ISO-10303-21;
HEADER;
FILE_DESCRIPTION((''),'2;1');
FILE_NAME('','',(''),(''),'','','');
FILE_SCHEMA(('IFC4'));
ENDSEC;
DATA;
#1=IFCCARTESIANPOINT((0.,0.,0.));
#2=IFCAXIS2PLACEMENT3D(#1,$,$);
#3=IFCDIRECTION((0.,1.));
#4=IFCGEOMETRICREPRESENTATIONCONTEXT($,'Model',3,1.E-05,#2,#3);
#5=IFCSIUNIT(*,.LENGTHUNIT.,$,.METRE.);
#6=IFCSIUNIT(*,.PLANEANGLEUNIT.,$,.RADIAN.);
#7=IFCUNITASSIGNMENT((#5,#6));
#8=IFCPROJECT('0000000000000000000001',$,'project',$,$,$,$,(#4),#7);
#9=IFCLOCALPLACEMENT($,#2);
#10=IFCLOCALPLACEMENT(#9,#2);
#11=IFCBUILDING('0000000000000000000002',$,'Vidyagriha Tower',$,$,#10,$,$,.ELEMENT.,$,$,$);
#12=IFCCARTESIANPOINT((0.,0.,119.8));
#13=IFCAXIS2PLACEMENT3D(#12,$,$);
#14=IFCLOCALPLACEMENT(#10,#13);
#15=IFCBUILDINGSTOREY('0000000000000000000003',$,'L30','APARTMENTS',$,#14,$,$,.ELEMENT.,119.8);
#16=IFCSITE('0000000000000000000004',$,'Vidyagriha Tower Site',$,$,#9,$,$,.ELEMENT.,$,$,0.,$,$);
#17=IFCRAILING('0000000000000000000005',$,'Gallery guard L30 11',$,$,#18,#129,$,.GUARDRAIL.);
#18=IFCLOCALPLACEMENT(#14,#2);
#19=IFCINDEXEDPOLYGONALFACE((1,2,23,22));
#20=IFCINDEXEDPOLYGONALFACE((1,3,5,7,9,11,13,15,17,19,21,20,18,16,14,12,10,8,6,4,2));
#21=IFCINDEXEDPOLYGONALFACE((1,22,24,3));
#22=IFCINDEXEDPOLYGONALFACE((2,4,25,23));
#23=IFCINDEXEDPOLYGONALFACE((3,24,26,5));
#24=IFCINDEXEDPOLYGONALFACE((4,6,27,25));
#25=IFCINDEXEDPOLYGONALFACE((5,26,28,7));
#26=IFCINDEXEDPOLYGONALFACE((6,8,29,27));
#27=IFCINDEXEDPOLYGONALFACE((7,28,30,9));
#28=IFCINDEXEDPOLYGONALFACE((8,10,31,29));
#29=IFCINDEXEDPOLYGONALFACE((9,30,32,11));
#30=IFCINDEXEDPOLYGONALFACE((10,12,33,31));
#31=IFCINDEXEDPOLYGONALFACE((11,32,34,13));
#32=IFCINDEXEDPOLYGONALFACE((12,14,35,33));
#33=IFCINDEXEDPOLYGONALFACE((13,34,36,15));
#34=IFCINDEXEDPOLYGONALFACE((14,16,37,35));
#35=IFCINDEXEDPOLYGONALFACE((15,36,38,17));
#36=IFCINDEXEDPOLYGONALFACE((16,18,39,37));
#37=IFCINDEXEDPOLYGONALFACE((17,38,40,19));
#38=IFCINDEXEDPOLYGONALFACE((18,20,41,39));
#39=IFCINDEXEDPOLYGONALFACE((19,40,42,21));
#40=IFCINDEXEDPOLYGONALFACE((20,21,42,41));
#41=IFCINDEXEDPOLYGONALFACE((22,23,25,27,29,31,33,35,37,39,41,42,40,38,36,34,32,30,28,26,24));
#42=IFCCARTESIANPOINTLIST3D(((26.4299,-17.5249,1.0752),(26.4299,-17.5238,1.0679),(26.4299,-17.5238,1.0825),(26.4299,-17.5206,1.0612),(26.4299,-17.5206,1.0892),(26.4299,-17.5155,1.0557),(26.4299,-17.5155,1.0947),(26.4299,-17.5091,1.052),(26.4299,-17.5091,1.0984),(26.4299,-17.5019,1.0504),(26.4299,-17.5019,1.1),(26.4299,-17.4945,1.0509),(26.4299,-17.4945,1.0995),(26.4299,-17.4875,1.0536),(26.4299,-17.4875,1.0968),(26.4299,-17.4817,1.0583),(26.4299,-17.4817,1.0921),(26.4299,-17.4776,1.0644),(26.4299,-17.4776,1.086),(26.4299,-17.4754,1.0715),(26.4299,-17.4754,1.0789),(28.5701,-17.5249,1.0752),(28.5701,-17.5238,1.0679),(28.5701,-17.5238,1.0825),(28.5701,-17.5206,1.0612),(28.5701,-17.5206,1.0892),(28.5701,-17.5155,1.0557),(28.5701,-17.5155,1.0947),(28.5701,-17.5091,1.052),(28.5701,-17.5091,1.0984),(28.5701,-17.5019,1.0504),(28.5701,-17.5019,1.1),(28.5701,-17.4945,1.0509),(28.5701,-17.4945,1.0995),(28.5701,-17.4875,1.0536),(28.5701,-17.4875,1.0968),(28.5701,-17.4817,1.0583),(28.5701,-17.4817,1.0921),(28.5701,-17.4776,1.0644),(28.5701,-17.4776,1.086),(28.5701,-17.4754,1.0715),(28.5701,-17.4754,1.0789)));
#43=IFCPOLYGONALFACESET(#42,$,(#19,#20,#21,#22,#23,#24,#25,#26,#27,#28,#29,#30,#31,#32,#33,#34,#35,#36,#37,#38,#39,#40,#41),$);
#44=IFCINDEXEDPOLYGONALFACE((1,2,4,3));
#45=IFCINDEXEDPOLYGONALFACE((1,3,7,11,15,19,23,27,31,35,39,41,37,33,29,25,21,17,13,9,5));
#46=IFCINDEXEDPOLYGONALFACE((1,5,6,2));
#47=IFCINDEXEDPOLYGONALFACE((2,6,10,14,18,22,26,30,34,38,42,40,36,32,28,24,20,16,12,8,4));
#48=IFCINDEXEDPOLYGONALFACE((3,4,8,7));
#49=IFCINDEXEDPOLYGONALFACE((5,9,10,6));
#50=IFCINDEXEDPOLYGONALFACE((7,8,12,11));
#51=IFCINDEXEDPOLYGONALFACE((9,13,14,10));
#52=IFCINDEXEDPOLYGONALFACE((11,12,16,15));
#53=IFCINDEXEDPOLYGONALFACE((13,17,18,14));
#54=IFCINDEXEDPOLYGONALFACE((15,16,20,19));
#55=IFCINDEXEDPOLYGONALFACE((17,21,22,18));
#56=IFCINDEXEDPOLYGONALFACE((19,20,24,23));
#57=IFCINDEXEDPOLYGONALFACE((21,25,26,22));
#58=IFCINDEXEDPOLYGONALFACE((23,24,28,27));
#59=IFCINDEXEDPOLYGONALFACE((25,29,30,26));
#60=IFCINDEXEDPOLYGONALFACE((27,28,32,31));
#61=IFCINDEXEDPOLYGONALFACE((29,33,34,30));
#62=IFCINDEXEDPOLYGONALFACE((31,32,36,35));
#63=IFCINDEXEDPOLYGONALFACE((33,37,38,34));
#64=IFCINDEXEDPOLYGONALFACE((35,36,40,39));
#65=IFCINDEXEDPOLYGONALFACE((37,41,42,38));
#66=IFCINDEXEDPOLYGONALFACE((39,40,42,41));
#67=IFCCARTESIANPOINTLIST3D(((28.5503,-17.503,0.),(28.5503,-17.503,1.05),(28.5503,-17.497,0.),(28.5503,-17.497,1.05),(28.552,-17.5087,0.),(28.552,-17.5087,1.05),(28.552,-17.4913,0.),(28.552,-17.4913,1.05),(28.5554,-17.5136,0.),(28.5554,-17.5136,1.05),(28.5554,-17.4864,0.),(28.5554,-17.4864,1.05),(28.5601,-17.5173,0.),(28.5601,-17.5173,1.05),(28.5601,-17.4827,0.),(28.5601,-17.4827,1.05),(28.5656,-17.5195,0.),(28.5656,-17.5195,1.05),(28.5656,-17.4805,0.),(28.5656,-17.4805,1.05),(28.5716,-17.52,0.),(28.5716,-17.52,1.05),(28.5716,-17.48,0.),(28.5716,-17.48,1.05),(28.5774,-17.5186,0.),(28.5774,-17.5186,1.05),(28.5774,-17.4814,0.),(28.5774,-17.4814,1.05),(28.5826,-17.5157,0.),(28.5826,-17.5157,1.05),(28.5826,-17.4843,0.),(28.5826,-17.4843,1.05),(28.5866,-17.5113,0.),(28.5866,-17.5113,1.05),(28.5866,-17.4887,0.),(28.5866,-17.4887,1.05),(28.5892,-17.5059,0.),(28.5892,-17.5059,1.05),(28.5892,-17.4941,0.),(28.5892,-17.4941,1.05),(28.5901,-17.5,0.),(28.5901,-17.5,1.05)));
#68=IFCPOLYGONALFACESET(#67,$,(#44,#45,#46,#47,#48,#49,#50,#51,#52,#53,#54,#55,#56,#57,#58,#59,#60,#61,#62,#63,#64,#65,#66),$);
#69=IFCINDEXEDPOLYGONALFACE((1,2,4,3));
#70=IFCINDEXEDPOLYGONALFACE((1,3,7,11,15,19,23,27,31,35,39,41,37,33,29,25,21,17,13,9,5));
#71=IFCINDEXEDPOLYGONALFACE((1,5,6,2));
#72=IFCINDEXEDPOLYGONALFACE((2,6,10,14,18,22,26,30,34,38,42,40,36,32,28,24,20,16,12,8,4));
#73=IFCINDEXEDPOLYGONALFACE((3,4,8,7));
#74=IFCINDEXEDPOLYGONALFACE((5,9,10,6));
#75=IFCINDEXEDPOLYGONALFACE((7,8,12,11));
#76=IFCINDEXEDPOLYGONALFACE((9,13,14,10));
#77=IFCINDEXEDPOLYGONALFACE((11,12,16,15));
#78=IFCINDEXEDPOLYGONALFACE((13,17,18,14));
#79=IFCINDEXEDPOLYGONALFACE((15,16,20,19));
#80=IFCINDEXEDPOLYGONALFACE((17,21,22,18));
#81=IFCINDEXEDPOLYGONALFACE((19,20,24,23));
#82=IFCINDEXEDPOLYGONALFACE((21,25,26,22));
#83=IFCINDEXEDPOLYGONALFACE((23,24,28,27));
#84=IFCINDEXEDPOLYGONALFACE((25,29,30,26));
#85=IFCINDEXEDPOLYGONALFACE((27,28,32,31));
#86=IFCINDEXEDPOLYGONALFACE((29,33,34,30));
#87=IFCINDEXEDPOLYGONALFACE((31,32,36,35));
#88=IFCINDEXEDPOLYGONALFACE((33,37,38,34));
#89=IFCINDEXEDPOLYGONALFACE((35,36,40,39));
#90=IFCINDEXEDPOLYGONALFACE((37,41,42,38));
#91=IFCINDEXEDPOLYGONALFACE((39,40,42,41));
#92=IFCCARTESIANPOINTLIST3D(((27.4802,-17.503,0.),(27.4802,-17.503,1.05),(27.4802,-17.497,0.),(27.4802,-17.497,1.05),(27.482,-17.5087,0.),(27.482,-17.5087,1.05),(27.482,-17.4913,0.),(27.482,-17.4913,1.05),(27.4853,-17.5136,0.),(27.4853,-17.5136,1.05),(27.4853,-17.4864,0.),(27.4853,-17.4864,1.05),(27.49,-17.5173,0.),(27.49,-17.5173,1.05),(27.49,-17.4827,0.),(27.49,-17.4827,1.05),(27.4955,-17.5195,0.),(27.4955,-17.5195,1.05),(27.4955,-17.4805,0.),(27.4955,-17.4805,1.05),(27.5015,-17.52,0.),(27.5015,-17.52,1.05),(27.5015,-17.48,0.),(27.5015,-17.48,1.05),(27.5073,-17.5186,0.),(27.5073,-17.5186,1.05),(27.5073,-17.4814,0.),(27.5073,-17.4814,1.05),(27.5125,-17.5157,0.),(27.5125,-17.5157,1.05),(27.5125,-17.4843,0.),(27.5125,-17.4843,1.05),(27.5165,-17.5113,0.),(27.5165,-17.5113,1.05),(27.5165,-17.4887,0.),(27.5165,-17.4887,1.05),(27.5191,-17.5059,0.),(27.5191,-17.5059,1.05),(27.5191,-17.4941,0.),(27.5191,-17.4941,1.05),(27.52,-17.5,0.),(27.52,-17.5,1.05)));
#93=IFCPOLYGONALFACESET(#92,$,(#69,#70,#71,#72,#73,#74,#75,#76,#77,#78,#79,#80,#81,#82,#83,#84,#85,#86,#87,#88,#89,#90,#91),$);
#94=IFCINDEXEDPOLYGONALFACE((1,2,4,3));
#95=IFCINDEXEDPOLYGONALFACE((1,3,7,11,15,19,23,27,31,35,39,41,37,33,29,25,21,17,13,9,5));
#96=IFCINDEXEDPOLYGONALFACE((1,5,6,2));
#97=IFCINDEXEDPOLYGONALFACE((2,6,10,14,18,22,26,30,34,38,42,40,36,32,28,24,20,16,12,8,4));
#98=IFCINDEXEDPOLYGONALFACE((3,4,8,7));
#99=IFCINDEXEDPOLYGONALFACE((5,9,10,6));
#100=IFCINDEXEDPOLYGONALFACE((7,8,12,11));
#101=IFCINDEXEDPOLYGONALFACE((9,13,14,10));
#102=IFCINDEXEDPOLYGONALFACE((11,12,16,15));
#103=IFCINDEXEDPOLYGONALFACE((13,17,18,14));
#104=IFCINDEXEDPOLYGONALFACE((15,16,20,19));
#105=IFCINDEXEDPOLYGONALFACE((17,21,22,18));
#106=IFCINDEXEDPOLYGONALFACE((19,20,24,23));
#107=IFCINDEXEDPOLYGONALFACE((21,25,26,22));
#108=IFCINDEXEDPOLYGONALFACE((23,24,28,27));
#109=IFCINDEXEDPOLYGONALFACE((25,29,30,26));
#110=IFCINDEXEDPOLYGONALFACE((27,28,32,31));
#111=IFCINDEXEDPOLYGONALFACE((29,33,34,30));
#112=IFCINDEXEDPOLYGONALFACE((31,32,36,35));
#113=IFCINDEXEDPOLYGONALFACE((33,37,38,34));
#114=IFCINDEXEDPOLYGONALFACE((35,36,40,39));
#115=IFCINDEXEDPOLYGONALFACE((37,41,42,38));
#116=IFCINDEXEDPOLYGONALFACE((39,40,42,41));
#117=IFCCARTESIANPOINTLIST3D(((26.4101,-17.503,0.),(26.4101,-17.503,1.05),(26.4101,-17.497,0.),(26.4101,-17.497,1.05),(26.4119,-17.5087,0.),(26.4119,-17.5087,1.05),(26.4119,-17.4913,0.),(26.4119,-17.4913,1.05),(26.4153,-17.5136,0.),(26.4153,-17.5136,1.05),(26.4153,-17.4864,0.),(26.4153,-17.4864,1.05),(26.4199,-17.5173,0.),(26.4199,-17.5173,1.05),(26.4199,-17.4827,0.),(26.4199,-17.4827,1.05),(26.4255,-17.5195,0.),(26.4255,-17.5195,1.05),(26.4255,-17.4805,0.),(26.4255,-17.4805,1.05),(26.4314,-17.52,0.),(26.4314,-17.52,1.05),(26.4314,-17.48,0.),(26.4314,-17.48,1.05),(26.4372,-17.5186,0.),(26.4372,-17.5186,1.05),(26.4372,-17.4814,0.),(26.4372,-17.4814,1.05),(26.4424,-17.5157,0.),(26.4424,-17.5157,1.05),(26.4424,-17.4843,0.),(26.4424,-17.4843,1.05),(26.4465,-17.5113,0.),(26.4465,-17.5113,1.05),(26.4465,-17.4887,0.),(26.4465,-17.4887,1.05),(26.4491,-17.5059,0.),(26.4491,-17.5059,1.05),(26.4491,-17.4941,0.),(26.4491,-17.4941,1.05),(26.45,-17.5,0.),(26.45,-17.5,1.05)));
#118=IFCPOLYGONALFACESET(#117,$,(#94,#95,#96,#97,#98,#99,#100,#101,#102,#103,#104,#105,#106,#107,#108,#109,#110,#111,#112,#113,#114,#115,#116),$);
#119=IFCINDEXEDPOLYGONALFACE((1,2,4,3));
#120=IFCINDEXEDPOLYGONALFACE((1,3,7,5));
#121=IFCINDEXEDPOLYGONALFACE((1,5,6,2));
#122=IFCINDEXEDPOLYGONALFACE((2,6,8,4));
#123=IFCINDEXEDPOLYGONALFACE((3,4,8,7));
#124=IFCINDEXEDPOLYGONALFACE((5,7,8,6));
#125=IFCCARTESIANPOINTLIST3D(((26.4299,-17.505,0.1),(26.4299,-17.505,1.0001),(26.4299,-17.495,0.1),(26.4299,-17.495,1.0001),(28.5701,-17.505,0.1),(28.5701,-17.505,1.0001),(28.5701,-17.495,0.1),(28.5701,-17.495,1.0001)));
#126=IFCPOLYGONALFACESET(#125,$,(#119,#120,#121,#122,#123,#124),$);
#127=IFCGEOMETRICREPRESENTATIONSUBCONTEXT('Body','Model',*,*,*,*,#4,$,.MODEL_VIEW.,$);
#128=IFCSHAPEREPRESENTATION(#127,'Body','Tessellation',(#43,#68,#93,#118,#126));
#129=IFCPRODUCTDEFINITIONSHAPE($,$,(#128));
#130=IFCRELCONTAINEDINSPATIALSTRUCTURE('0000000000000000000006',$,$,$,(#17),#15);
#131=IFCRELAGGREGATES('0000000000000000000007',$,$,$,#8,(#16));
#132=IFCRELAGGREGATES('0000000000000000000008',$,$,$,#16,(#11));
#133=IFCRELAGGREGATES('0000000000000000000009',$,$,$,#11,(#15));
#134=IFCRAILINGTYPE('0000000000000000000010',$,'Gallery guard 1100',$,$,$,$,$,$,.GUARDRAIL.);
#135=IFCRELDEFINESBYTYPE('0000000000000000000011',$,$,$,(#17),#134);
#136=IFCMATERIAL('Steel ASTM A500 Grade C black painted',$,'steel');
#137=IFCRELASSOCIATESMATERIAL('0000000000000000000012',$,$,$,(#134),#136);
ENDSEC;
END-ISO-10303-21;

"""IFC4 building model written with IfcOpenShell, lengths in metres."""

from ifc_helpers import new_model, si_unit, direction, frame, origin, origin_2d, place, context, subcontext, project, spatial, rectangle, circle, extrude, material, type_object, element, save


model = new_model("IFC4")

# Units and contexts
model_context = context("Model", 3, precision=1e-05, world=origin(), true_north=direction((0.0, 1.0)))
body_context = subcontext(model_context, "Body", "Model", "MODEL_VIEW")
ifc_project = project(units=[si_unit("LENGTHUNIT", "METRE"), si_unit("PLANEANGLEUNIT", "RADIAN")], contexts=[model_context])

# Site, building, storey
site_placement = place(None, origin())
site = spatial("IfcSite", under=ifc_project, at=site_placement, Name="Vidyagriha Tower Site", CompositionType="ELEMENT", RefElevation=0.0)
building_placement = place(site_placement, origin())
building = spatial("IfcBuilding", under=site, at=building_placement, Name="Vidyagriha Tower", CompositionType="ELEMENT")
storey_placement = place(building_placement, frame((0.0, 0.0, 119.8)))
storey = spatial("IfcBuildingStorey", under=building, at=storey_placement, Name="L30", Description="APARTMENTS", CompositionType="ELEMENT", Elevation=119.8)

# Railing
ifc_material_1 = material(Name="Steel ASTM A500 Grade C black painted", Category="steel")
railing_type_1 = type_object("IfcRailingType", Name="Gallery guard 1100", PredefinedType="GUARDRAIL", material=ifc_material_1)
railing_1_placement = place(storey_placement, frame((28.5701, -17.5, 0.0)))
element("IfcRailing", 1, at=railing_1_placement, inside=storey, type_object=railing_type_1, Name="Gallery guard L30 11", PredefinedType="GUARDRAIL", context=body_context, shape_type="SweptSolid", body=[
    extrude(circle(Radius=0.0249, at=origin_2d()), frame((0.0, 0.0, 1.0752), z_axis=(-1.0, 0.0, 0.0), x_axis=(0.0, -1.0, 0.0)), (0.0, 0.0, 1.0), 2.1401),
    extrude(circle(Radius=0.02, at=origin_2d()), origin(), (0.0, 0.0, 1.0), 1.05),
    extrude(circle(Radius=0.02, at=origin_2d()), frame((-1.0701, 0.0, 0.0)), (0.0, 0.0, 1.0), 1.05),
    extrude(circle(Radius=0.02, at=origin_2d()), frame((-2.1401, 0.0, 0.0)), (0.0, 0.0, 1.0), 1.05),
    extrude(rectangle(XDim=0.01, YDim=0.9001, at=origin_2d()), frame((0.0, 0.0, 0.55), z_axis=(-1.0, 0.0, 0.0), x_axis=(0.0, -1.0, 0.0)), (0.0, 0.0, 1.0), 2.1401),
])

save(model, "model.ifc")
